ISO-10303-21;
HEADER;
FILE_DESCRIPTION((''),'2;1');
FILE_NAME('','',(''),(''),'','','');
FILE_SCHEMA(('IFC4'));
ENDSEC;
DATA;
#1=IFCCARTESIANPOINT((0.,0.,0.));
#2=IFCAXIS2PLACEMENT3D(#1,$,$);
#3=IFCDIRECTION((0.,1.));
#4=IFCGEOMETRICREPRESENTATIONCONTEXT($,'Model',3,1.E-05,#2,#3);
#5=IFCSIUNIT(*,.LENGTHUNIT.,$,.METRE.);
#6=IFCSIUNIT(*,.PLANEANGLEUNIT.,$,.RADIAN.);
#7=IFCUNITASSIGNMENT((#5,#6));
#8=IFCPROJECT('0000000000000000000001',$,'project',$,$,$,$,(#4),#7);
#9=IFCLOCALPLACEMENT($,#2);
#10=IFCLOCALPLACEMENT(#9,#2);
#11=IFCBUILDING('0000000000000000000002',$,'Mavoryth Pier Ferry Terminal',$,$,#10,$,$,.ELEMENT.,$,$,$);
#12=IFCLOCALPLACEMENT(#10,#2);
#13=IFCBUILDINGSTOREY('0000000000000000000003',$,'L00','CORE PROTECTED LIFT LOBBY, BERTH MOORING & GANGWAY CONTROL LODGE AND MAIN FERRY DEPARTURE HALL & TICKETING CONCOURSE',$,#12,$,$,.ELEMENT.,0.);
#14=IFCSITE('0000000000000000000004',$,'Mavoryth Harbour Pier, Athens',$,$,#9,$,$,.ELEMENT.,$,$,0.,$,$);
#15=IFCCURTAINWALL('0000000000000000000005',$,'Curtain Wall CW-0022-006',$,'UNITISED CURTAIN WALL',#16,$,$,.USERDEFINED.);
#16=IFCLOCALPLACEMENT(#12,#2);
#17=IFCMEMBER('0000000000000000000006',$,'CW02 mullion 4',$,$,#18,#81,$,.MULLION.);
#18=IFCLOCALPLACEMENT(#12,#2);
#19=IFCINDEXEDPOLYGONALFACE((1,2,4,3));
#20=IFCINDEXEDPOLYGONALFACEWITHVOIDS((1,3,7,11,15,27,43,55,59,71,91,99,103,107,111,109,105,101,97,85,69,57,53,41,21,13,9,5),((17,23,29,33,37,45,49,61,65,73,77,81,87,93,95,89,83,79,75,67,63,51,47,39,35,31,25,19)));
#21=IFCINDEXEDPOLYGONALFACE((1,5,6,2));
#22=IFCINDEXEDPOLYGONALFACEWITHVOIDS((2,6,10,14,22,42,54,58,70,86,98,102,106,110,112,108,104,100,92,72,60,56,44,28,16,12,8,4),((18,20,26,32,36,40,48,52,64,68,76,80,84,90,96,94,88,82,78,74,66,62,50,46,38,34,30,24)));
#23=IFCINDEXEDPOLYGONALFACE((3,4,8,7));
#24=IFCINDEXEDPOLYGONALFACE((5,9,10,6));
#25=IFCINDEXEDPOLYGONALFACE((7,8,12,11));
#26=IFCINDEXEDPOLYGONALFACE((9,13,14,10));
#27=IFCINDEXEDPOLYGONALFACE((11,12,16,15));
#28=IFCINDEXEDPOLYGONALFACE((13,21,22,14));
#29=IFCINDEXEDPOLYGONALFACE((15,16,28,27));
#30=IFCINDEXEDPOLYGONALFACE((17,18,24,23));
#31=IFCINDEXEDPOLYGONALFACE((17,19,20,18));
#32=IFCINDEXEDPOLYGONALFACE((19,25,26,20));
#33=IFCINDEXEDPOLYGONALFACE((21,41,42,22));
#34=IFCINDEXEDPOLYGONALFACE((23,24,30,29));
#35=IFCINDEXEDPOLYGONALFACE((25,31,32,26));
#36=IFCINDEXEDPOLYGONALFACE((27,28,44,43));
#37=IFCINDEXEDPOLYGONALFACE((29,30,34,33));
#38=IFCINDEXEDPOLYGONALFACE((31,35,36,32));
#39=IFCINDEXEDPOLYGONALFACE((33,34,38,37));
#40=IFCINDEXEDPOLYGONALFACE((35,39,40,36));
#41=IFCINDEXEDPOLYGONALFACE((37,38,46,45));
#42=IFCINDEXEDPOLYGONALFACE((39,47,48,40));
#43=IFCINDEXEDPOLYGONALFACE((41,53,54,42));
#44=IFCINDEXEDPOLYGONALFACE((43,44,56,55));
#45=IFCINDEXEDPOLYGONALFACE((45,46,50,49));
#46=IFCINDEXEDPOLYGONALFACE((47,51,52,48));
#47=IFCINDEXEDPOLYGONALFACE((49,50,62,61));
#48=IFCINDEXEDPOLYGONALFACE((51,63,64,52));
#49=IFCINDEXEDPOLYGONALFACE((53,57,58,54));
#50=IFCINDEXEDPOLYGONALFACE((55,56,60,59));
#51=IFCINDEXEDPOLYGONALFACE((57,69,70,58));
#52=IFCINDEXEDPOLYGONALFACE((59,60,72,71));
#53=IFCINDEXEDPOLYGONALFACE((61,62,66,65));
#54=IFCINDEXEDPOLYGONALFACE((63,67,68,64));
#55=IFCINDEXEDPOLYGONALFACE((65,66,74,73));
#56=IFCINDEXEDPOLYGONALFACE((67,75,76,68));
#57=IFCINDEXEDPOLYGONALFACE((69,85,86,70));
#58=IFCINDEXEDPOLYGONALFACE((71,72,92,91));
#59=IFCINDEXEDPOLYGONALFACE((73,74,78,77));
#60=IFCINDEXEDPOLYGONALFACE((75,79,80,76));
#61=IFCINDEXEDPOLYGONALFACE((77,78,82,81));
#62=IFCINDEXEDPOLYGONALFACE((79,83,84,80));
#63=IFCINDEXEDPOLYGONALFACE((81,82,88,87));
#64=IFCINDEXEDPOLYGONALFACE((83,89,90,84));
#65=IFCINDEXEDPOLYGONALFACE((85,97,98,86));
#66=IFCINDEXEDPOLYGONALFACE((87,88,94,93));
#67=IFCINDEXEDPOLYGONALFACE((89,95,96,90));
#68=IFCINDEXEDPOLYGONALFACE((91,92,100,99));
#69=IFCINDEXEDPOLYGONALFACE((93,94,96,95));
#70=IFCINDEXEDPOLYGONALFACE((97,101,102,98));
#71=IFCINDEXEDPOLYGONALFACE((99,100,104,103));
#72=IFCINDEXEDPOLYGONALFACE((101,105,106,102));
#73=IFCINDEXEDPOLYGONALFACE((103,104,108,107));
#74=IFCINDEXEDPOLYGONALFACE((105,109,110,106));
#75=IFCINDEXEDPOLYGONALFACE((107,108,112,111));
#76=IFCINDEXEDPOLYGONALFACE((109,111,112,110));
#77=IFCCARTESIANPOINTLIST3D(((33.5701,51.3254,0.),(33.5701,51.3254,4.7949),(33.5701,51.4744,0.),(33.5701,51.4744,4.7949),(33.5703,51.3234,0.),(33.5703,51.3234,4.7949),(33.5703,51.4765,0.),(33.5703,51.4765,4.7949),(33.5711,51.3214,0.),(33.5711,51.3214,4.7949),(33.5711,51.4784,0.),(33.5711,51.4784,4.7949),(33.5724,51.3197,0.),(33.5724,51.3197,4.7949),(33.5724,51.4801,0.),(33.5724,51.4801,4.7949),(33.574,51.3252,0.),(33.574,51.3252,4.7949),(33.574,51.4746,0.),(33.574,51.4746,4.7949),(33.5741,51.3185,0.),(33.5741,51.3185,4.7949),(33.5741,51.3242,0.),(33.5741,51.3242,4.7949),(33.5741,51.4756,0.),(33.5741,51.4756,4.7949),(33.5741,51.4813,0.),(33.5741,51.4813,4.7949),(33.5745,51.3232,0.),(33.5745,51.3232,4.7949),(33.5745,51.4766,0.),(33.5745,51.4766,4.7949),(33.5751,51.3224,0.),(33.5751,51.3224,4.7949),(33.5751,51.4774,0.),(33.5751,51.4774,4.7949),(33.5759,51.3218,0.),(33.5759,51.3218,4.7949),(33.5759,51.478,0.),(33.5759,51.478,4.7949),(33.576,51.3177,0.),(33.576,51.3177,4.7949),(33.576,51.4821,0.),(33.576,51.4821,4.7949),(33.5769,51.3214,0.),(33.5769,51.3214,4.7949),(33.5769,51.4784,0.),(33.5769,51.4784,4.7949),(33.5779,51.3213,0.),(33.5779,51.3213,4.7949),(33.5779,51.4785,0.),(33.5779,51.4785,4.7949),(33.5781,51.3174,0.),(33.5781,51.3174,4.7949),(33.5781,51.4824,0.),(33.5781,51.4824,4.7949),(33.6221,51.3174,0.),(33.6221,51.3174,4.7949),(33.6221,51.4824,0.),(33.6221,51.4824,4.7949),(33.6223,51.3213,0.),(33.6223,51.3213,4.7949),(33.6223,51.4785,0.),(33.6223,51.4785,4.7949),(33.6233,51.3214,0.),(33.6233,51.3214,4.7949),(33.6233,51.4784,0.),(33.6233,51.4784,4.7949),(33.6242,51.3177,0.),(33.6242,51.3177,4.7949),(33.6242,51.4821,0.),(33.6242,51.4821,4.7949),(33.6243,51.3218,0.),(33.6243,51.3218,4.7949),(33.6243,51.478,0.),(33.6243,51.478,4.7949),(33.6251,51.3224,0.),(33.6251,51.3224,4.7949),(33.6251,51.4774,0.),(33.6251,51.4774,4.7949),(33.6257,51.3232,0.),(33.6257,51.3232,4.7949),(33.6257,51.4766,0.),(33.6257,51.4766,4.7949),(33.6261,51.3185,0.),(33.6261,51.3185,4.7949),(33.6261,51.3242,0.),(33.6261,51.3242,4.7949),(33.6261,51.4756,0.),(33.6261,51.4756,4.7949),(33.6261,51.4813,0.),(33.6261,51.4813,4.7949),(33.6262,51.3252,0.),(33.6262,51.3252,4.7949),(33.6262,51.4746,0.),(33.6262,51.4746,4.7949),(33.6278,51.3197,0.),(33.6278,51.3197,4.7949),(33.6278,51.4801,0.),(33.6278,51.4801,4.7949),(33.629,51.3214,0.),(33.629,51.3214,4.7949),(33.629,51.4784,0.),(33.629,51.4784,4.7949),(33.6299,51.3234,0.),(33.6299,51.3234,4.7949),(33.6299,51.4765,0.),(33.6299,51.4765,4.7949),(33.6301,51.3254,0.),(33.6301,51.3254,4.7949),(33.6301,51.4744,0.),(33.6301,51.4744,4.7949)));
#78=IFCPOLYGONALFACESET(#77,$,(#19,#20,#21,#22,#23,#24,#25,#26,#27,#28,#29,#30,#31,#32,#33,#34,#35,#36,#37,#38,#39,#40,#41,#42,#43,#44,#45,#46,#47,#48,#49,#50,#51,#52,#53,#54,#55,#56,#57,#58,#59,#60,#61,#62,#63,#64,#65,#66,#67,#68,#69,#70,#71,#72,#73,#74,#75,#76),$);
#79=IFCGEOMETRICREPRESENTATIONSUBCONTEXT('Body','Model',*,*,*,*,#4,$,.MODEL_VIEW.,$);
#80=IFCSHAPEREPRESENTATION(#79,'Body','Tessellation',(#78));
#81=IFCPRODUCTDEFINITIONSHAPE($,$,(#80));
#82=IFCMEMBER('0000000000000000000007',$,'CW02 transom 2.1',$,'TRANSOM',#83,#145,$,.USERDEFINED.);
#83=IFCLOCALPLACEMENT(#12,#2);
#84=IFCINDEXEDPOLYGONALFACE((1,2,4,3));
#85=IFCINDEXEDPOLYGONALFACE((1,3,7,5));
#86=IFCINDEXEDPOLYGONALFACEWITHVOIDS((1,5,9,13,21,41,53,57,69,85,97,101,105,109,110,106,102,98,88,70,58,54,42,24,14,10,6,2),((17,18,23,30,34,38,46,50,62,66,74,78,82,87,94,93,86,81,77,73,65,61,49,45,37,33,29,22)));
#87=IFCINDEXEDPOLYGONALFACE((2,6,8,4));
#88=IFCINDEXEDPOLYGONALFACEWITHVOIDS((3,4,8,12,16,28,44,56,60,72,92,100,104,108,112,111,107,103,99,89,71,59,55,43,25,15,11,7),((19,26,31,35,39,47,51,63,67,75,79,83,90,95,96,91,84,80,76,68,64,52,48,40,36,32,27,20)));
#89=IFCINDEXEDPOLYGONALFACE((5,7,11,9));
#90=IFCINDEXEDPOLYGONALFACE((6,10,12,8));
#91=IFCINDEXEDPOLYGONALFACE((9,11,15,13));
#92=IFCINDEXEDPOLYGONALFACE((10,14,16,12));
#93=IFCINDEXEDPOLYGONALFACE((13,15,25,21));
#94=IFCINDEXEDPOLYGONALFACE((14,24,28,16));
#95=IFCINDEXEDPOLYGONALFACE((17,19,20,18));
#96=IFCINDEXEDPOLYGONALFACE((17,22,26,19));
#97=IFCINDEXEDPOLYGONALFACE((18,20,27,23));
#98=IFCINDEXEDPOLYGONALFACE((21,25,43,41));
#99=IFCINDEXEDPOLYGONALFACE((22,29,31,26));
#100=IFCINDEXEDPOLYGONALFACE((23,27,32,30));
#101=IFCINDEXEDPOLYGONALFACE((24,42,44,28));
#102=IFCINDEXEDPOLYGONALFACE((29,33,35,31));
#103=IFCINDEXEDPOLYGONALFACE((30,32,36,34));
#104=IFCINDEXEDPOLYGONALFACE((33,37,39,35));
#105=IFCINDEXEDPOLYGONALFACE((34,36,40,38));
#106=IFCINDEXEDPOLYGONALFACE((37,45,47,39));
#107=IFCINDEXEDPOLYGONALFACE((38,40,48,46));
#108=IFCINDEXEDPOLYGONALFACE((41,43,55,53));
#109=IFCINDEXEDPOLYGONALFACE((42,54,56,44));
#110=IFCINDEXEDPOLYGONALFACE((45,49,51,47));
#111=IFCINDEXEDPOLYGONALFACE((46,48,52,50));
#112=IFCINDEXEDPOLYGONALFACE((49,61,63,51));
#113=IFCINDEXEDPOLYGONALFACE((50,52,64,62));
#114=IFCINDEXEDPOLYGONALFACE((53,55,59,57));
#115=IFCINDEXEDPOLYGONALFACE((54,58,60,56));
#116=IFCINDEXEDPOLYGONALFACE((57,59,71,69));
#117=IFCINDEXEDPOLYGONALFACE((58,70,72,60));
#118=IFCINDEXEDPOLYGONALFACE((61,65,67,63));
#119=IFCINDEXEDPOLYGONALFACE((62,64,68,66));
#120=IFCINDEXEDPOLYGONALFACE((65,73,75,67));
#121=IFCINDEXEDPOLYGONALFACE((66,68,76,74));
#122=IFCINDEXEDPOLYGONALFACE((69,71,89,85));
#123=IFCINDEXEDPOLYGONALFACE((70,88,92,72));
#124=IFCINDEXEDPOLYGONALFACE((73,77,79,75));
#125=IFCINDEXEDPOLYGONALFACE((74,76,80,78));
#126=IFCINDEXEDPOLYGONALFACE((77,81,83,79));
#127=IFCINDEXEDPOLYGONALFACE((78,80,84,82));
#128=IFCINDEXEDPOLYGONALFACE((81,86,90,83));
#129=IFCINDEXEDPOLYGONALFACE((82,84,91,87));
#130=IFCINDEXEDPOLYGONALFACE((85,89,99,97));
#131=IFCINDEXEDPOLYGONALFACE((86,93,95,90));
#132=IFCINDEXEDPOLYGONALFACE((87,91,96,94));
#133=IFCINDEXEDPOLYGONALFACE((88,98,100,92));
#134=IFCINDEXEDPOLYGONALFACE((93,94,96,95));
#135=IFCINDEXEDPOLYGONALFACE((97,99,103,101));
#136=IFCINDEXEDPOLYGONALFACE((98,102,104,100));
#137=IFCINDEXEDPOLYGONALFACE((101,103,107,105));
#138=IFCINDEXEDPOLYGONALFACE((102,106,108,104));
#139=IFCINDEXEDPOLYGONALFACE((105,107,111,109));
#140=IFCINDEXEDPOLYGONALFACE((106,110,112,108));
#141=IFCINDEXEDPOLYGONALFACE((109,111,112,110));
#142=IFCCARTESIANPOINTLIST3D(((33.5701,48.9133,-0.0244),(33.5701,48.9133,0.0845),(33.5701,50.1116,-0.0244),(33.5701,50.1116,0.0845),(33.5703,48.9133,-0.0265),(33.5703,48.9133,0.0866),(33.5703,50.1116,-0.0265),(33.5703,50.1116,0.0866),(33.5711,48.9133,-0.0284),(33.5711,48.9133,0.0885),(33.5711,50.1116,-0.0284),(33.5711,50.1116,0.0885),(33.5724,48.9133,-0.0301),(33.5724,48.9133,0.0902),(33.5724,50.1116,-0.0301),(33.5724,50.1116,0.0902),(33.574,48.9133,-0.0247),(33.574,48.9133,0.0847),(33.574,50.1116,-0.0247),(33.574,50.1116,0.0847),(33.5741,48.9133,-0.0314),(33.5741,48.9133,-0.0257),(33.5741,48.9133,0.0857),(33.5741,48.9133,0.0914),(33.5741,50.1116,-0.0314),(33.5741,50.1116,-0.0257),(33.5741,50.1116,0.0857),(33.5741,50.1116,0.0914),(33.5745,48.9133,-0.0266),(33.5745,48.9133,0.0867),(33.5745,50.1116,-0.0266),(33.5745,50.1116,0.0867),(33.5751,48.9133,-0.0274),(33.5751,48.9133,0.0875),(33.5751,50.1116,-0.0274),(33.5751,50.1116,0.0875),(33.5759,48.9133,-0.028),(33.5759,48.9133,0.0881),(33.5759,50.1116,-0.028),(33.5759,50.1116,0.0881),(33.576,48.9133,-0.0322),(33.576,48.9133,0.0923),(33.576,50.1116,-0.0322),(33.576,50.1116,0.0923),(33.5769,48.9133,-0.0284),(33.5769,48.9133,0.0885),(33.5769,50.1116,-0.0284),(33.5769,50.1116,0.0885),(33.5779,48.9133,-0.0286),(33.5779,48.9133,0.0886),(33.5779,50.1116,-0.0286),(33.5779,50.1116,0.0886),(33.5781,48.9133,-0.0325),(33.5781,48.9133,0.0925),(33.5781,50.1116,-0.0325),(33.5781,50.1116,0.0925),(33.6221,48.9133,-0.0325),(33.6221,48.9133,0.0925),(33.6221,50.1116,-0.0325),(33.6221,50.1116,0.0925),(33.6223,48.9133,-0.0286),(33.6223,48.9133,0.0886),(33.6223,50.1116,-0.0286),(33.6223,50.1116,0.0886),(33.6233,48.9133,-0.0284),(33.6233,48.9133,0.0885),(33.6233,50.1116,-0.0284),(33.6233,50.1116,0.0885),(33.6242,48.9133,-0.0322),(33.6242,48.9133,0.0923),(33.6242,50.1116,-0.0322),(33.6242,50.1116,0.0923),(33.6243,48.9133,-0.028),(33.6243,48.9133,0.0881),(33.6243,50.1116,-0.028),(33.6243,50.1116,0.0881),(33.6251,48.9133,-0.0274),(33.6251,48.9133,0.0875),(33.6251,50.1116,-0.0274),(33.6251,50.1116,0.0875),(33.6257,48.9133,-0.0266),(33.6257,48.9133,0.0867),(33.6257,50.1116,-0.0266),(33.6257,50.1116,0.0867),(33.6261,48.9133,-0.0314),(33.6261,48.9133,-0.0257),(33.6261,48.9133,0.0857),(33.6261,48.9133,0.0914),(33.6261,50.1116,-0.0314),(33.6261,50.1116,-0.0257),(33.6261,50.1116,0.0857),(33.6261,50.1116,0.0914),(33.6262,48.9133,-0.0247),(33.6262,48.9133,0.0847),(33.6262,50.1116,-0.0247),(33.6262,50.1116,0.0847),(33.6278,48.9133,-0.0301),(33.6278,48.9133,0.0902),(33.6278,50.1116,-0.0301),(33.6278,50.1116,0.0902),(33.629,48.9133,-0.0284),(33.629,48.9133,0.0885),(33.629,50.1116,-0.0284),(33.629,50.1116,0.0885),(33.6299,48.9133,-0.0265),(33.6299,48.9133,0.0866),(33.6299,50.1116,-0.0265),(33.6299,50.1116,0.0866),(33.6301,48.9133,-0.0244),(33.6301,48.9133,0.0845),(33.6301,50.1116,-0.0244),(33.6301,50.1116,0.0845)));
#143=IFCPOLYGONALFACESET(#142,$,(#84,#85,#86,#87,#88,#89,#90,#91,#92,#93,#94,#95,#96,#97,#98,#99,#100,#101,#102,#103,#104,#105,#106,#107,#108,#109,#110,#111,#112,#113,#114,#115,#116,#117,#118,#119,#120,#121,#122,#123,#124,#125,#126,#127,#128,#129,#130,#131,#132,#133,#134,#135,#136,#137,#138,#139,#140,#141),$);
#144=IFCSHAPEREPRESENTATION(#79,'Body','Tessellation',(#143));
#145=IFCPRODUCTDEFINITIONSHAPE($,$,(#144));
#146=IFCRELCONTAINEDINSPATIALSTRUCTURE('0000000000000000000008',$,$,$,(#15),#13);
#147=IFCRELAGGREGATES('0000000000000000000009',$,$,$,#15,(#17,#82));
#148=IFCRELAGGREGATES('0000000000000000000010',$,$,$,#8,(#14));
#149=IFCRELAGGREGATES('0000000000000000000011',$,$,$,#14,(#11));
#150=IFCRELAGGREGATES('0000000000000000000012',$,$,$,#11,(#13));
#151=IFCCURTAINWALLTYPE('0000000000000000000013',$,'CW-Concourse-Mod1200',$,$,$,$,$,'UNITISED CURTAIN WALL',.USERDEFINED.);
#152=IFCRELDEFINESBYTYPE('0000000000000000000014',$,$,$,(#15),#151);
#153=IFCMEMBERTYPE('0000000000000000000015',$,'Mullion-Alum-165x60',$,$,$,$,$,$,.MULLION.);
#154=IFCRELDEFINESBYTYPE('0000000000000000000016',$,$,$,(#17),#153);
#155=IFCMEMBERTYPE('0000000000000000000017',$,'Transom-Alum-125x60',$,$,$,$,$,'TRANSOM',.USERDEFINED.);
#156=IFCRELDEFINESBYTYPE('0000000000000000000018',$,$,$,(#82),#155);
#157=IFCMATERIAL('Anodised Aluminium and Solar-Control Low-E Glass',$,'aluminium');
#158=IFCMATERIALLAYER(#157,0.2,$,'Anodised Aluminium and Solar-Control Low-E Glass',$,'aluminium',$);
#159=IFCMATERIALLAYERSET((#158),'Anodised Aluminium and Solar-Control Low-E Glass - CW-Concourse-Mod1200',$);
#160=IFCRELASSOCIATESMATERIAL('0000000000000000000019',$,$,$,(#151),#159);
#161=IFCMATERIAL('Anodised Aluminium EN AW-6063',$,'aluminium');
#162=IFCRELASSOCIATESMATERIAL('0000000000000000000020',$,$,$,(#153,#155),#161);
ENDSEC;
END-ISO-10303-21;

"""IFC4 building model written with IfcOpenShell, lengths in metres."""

from ifc_helpers import new_model, si_unit, direction, frame, origin, origin_2d, place, context, subcontext, project, spatial, hollow_rectangle, extrude, material, layer, layer_set, material_profile, profile_set, type_object, element, aggregate, save


model = new_model("IFC4")

# Units and contexts
model_context = context("Model", 3, precision=1e-05, world=origin(), true_north=direction((0.0, 1.0)))
body_context = subcontext(model_context, "Body", "Model", "MODEL_VIEW")
ifc_project = project(units=[si_unit("LENGTHUNIT", "METRE"), si_unit("PLANEANGLEUNIT", "RADIAN")], contexts=[model_context])

# Site, building, storey
site_placement = place(None, origin())
site = spatial("IfcSite", under=ifc_project, at=site_placement, Name="Mavoryth Harbour Pier, Athens", CompositionType="ELEMENT", RefElevation=0.0)
building_placement = place(site_placement, origin())
building = spatial("IfcBuilding", under=site, at=building_placement, Name="Mavoryth Pier Ferry Terminal", CompositionType="ELEMENT")
storey_placement = place(building_placement, origin())
storey = spatial("IfcBuildingStorey", under=building, at=storey_placement, Name="L00", Description="CORE PROTECTED LIFT LOBBY, BERTH MOORING & GANGWAY CONTROL LODGE AND MAIN FERRY DEPARTURE HALL & TICKETING CONCOURSE", CompositionType="ELEMENT", Elevation=0.0)

# Curtain wall, members
ifc_material_1 = material(Name="Anodised Aluminium and Solar-Control Low-E Glass", Category="aluminium")
ifc_layer_1 = layer(ifc_material_1, 0.2, Name="Anodised Aluminium and Solar-Control Low-E Glass", Category="aluminium")
ifc_layer_set_1 = layer_set([ifc_layer_1], Name="Anodised Aluminium and Solar-Control Low-E Glass - CW-Concourse-Mod1200")
curtain_wall_type = type_object("IfcCurtainWallType", Name="CW-Concourse-Mod1200", ElementType="UNITISED CURTAIN WALL", PredefinedType="USERDEFINED", material=ifc_layer_set_1)
curtain_wall_placement = place(storey_placement, origin())
curtain_wall = element("IfcCurtainWall", 1, at=curtain_wall_placement, inside=storey, type_object=curtain_wall_type, Name="Curtain Wall CW-0022-006", ObjectType="UNITISED CURTAIN WALL", PredefinedType="USERDEFINED")
ifc_material_2 = material(Name="Anodised Aluminium EN AW-6063", Category="aluminium")
ifc_material_profile_1 = material_profile(ifc_material_2, hollow_rectangle(XDim=0.0601, YDim=0.165, WallThickness=0.0039, InnerFilletRadius=0.0039, OuterFilletRadius=0.0081, at=origin_2d()), Name="AL-MULL 165x60x4", Category="aluminium")
ifc_profile_set_1 = profile_set([ifc_material_profile_1], Name="Anodised Aluminium EN AW-6063 - AL-MULL 165x60x4")
member_type_1 = type_object("IfcMemberType", Name="Mullion-Alum-165x60", PredefinedType="MULLION", material=ifc_profile_set_1)
member_1_placement = place(storey_placement, frame((33.6001, 51.3999, 0.0), z_axis=(0.0, 0.0, 1.0), x_axis=(-1.0, 0.0, 0.0)))
member_1 = element("IfcMember", 2, at=member_1_placement, type_object=member_type_1, Name="CW02 mullion 4", PredefinedType="MULLION", context=body_context, shape_type="SweptSolid", body=[
    extrude(hollow_rectangle(XDim=0.0601, YDim=0.165, WallThickness=0.0039, InnerFilletRadius=0.0039, OuterFilletRadius=0.0081, at=origin_2d()), origin(), (0.0, 0.0, 1.0), 4.7949),
])
ifc_material_profile_2 = material_profile(ifc_material_2, hollow_rectangle(XDim=0.0601, YDim=0.125, WallThickness=0.0039, InnerFilletRadius=0.0039, OuterFilletRadius=0.0081, at=origin_2d()), Name="AL-TRAN 125x60x4", Category="aluminium")
ifc_profile_set_2 = profile_set([ifc_material_profile_2], Name="Anodised Aluminium EN AW-6063 - AL-TRAN 125x60x4")
member_type_2 = type_object("IfcMemberType", Name="Transom-Alum-125x60", ElementType="TRANSOM", PredefinedType="USERDEFINED", material=ifc_profile_set_2)
member_2_placement = place(storey_placement, frame((33.6001, 48.9133, 0.03), z_axis=(0.0, 1.0, 0.0), x_axis=(-1.0, 0.0, 0.0)))
member_2 = element("IfcMember", 3, at=member_2_placement, type_object=member_type_2, Name="CW02 transom 2.1", ObjectType="TRANSOM", PredefinedType="USERDEFINED", context=body_context, shape_type="SweptSolid", body=[
    extrude(hollow_rectangle(XDim=0.0601, YDim=0.125, WallThickness=0.0039, InnerFilletRadius=0.0039, OuterFilletRadius=0.0081, at=origin_2d()), origin(), (0.0, 0.0, 1.0), 1.1982),
])
aggregate(curtain_wall, [member_1, member_2])

save(model, "model.ifc")
